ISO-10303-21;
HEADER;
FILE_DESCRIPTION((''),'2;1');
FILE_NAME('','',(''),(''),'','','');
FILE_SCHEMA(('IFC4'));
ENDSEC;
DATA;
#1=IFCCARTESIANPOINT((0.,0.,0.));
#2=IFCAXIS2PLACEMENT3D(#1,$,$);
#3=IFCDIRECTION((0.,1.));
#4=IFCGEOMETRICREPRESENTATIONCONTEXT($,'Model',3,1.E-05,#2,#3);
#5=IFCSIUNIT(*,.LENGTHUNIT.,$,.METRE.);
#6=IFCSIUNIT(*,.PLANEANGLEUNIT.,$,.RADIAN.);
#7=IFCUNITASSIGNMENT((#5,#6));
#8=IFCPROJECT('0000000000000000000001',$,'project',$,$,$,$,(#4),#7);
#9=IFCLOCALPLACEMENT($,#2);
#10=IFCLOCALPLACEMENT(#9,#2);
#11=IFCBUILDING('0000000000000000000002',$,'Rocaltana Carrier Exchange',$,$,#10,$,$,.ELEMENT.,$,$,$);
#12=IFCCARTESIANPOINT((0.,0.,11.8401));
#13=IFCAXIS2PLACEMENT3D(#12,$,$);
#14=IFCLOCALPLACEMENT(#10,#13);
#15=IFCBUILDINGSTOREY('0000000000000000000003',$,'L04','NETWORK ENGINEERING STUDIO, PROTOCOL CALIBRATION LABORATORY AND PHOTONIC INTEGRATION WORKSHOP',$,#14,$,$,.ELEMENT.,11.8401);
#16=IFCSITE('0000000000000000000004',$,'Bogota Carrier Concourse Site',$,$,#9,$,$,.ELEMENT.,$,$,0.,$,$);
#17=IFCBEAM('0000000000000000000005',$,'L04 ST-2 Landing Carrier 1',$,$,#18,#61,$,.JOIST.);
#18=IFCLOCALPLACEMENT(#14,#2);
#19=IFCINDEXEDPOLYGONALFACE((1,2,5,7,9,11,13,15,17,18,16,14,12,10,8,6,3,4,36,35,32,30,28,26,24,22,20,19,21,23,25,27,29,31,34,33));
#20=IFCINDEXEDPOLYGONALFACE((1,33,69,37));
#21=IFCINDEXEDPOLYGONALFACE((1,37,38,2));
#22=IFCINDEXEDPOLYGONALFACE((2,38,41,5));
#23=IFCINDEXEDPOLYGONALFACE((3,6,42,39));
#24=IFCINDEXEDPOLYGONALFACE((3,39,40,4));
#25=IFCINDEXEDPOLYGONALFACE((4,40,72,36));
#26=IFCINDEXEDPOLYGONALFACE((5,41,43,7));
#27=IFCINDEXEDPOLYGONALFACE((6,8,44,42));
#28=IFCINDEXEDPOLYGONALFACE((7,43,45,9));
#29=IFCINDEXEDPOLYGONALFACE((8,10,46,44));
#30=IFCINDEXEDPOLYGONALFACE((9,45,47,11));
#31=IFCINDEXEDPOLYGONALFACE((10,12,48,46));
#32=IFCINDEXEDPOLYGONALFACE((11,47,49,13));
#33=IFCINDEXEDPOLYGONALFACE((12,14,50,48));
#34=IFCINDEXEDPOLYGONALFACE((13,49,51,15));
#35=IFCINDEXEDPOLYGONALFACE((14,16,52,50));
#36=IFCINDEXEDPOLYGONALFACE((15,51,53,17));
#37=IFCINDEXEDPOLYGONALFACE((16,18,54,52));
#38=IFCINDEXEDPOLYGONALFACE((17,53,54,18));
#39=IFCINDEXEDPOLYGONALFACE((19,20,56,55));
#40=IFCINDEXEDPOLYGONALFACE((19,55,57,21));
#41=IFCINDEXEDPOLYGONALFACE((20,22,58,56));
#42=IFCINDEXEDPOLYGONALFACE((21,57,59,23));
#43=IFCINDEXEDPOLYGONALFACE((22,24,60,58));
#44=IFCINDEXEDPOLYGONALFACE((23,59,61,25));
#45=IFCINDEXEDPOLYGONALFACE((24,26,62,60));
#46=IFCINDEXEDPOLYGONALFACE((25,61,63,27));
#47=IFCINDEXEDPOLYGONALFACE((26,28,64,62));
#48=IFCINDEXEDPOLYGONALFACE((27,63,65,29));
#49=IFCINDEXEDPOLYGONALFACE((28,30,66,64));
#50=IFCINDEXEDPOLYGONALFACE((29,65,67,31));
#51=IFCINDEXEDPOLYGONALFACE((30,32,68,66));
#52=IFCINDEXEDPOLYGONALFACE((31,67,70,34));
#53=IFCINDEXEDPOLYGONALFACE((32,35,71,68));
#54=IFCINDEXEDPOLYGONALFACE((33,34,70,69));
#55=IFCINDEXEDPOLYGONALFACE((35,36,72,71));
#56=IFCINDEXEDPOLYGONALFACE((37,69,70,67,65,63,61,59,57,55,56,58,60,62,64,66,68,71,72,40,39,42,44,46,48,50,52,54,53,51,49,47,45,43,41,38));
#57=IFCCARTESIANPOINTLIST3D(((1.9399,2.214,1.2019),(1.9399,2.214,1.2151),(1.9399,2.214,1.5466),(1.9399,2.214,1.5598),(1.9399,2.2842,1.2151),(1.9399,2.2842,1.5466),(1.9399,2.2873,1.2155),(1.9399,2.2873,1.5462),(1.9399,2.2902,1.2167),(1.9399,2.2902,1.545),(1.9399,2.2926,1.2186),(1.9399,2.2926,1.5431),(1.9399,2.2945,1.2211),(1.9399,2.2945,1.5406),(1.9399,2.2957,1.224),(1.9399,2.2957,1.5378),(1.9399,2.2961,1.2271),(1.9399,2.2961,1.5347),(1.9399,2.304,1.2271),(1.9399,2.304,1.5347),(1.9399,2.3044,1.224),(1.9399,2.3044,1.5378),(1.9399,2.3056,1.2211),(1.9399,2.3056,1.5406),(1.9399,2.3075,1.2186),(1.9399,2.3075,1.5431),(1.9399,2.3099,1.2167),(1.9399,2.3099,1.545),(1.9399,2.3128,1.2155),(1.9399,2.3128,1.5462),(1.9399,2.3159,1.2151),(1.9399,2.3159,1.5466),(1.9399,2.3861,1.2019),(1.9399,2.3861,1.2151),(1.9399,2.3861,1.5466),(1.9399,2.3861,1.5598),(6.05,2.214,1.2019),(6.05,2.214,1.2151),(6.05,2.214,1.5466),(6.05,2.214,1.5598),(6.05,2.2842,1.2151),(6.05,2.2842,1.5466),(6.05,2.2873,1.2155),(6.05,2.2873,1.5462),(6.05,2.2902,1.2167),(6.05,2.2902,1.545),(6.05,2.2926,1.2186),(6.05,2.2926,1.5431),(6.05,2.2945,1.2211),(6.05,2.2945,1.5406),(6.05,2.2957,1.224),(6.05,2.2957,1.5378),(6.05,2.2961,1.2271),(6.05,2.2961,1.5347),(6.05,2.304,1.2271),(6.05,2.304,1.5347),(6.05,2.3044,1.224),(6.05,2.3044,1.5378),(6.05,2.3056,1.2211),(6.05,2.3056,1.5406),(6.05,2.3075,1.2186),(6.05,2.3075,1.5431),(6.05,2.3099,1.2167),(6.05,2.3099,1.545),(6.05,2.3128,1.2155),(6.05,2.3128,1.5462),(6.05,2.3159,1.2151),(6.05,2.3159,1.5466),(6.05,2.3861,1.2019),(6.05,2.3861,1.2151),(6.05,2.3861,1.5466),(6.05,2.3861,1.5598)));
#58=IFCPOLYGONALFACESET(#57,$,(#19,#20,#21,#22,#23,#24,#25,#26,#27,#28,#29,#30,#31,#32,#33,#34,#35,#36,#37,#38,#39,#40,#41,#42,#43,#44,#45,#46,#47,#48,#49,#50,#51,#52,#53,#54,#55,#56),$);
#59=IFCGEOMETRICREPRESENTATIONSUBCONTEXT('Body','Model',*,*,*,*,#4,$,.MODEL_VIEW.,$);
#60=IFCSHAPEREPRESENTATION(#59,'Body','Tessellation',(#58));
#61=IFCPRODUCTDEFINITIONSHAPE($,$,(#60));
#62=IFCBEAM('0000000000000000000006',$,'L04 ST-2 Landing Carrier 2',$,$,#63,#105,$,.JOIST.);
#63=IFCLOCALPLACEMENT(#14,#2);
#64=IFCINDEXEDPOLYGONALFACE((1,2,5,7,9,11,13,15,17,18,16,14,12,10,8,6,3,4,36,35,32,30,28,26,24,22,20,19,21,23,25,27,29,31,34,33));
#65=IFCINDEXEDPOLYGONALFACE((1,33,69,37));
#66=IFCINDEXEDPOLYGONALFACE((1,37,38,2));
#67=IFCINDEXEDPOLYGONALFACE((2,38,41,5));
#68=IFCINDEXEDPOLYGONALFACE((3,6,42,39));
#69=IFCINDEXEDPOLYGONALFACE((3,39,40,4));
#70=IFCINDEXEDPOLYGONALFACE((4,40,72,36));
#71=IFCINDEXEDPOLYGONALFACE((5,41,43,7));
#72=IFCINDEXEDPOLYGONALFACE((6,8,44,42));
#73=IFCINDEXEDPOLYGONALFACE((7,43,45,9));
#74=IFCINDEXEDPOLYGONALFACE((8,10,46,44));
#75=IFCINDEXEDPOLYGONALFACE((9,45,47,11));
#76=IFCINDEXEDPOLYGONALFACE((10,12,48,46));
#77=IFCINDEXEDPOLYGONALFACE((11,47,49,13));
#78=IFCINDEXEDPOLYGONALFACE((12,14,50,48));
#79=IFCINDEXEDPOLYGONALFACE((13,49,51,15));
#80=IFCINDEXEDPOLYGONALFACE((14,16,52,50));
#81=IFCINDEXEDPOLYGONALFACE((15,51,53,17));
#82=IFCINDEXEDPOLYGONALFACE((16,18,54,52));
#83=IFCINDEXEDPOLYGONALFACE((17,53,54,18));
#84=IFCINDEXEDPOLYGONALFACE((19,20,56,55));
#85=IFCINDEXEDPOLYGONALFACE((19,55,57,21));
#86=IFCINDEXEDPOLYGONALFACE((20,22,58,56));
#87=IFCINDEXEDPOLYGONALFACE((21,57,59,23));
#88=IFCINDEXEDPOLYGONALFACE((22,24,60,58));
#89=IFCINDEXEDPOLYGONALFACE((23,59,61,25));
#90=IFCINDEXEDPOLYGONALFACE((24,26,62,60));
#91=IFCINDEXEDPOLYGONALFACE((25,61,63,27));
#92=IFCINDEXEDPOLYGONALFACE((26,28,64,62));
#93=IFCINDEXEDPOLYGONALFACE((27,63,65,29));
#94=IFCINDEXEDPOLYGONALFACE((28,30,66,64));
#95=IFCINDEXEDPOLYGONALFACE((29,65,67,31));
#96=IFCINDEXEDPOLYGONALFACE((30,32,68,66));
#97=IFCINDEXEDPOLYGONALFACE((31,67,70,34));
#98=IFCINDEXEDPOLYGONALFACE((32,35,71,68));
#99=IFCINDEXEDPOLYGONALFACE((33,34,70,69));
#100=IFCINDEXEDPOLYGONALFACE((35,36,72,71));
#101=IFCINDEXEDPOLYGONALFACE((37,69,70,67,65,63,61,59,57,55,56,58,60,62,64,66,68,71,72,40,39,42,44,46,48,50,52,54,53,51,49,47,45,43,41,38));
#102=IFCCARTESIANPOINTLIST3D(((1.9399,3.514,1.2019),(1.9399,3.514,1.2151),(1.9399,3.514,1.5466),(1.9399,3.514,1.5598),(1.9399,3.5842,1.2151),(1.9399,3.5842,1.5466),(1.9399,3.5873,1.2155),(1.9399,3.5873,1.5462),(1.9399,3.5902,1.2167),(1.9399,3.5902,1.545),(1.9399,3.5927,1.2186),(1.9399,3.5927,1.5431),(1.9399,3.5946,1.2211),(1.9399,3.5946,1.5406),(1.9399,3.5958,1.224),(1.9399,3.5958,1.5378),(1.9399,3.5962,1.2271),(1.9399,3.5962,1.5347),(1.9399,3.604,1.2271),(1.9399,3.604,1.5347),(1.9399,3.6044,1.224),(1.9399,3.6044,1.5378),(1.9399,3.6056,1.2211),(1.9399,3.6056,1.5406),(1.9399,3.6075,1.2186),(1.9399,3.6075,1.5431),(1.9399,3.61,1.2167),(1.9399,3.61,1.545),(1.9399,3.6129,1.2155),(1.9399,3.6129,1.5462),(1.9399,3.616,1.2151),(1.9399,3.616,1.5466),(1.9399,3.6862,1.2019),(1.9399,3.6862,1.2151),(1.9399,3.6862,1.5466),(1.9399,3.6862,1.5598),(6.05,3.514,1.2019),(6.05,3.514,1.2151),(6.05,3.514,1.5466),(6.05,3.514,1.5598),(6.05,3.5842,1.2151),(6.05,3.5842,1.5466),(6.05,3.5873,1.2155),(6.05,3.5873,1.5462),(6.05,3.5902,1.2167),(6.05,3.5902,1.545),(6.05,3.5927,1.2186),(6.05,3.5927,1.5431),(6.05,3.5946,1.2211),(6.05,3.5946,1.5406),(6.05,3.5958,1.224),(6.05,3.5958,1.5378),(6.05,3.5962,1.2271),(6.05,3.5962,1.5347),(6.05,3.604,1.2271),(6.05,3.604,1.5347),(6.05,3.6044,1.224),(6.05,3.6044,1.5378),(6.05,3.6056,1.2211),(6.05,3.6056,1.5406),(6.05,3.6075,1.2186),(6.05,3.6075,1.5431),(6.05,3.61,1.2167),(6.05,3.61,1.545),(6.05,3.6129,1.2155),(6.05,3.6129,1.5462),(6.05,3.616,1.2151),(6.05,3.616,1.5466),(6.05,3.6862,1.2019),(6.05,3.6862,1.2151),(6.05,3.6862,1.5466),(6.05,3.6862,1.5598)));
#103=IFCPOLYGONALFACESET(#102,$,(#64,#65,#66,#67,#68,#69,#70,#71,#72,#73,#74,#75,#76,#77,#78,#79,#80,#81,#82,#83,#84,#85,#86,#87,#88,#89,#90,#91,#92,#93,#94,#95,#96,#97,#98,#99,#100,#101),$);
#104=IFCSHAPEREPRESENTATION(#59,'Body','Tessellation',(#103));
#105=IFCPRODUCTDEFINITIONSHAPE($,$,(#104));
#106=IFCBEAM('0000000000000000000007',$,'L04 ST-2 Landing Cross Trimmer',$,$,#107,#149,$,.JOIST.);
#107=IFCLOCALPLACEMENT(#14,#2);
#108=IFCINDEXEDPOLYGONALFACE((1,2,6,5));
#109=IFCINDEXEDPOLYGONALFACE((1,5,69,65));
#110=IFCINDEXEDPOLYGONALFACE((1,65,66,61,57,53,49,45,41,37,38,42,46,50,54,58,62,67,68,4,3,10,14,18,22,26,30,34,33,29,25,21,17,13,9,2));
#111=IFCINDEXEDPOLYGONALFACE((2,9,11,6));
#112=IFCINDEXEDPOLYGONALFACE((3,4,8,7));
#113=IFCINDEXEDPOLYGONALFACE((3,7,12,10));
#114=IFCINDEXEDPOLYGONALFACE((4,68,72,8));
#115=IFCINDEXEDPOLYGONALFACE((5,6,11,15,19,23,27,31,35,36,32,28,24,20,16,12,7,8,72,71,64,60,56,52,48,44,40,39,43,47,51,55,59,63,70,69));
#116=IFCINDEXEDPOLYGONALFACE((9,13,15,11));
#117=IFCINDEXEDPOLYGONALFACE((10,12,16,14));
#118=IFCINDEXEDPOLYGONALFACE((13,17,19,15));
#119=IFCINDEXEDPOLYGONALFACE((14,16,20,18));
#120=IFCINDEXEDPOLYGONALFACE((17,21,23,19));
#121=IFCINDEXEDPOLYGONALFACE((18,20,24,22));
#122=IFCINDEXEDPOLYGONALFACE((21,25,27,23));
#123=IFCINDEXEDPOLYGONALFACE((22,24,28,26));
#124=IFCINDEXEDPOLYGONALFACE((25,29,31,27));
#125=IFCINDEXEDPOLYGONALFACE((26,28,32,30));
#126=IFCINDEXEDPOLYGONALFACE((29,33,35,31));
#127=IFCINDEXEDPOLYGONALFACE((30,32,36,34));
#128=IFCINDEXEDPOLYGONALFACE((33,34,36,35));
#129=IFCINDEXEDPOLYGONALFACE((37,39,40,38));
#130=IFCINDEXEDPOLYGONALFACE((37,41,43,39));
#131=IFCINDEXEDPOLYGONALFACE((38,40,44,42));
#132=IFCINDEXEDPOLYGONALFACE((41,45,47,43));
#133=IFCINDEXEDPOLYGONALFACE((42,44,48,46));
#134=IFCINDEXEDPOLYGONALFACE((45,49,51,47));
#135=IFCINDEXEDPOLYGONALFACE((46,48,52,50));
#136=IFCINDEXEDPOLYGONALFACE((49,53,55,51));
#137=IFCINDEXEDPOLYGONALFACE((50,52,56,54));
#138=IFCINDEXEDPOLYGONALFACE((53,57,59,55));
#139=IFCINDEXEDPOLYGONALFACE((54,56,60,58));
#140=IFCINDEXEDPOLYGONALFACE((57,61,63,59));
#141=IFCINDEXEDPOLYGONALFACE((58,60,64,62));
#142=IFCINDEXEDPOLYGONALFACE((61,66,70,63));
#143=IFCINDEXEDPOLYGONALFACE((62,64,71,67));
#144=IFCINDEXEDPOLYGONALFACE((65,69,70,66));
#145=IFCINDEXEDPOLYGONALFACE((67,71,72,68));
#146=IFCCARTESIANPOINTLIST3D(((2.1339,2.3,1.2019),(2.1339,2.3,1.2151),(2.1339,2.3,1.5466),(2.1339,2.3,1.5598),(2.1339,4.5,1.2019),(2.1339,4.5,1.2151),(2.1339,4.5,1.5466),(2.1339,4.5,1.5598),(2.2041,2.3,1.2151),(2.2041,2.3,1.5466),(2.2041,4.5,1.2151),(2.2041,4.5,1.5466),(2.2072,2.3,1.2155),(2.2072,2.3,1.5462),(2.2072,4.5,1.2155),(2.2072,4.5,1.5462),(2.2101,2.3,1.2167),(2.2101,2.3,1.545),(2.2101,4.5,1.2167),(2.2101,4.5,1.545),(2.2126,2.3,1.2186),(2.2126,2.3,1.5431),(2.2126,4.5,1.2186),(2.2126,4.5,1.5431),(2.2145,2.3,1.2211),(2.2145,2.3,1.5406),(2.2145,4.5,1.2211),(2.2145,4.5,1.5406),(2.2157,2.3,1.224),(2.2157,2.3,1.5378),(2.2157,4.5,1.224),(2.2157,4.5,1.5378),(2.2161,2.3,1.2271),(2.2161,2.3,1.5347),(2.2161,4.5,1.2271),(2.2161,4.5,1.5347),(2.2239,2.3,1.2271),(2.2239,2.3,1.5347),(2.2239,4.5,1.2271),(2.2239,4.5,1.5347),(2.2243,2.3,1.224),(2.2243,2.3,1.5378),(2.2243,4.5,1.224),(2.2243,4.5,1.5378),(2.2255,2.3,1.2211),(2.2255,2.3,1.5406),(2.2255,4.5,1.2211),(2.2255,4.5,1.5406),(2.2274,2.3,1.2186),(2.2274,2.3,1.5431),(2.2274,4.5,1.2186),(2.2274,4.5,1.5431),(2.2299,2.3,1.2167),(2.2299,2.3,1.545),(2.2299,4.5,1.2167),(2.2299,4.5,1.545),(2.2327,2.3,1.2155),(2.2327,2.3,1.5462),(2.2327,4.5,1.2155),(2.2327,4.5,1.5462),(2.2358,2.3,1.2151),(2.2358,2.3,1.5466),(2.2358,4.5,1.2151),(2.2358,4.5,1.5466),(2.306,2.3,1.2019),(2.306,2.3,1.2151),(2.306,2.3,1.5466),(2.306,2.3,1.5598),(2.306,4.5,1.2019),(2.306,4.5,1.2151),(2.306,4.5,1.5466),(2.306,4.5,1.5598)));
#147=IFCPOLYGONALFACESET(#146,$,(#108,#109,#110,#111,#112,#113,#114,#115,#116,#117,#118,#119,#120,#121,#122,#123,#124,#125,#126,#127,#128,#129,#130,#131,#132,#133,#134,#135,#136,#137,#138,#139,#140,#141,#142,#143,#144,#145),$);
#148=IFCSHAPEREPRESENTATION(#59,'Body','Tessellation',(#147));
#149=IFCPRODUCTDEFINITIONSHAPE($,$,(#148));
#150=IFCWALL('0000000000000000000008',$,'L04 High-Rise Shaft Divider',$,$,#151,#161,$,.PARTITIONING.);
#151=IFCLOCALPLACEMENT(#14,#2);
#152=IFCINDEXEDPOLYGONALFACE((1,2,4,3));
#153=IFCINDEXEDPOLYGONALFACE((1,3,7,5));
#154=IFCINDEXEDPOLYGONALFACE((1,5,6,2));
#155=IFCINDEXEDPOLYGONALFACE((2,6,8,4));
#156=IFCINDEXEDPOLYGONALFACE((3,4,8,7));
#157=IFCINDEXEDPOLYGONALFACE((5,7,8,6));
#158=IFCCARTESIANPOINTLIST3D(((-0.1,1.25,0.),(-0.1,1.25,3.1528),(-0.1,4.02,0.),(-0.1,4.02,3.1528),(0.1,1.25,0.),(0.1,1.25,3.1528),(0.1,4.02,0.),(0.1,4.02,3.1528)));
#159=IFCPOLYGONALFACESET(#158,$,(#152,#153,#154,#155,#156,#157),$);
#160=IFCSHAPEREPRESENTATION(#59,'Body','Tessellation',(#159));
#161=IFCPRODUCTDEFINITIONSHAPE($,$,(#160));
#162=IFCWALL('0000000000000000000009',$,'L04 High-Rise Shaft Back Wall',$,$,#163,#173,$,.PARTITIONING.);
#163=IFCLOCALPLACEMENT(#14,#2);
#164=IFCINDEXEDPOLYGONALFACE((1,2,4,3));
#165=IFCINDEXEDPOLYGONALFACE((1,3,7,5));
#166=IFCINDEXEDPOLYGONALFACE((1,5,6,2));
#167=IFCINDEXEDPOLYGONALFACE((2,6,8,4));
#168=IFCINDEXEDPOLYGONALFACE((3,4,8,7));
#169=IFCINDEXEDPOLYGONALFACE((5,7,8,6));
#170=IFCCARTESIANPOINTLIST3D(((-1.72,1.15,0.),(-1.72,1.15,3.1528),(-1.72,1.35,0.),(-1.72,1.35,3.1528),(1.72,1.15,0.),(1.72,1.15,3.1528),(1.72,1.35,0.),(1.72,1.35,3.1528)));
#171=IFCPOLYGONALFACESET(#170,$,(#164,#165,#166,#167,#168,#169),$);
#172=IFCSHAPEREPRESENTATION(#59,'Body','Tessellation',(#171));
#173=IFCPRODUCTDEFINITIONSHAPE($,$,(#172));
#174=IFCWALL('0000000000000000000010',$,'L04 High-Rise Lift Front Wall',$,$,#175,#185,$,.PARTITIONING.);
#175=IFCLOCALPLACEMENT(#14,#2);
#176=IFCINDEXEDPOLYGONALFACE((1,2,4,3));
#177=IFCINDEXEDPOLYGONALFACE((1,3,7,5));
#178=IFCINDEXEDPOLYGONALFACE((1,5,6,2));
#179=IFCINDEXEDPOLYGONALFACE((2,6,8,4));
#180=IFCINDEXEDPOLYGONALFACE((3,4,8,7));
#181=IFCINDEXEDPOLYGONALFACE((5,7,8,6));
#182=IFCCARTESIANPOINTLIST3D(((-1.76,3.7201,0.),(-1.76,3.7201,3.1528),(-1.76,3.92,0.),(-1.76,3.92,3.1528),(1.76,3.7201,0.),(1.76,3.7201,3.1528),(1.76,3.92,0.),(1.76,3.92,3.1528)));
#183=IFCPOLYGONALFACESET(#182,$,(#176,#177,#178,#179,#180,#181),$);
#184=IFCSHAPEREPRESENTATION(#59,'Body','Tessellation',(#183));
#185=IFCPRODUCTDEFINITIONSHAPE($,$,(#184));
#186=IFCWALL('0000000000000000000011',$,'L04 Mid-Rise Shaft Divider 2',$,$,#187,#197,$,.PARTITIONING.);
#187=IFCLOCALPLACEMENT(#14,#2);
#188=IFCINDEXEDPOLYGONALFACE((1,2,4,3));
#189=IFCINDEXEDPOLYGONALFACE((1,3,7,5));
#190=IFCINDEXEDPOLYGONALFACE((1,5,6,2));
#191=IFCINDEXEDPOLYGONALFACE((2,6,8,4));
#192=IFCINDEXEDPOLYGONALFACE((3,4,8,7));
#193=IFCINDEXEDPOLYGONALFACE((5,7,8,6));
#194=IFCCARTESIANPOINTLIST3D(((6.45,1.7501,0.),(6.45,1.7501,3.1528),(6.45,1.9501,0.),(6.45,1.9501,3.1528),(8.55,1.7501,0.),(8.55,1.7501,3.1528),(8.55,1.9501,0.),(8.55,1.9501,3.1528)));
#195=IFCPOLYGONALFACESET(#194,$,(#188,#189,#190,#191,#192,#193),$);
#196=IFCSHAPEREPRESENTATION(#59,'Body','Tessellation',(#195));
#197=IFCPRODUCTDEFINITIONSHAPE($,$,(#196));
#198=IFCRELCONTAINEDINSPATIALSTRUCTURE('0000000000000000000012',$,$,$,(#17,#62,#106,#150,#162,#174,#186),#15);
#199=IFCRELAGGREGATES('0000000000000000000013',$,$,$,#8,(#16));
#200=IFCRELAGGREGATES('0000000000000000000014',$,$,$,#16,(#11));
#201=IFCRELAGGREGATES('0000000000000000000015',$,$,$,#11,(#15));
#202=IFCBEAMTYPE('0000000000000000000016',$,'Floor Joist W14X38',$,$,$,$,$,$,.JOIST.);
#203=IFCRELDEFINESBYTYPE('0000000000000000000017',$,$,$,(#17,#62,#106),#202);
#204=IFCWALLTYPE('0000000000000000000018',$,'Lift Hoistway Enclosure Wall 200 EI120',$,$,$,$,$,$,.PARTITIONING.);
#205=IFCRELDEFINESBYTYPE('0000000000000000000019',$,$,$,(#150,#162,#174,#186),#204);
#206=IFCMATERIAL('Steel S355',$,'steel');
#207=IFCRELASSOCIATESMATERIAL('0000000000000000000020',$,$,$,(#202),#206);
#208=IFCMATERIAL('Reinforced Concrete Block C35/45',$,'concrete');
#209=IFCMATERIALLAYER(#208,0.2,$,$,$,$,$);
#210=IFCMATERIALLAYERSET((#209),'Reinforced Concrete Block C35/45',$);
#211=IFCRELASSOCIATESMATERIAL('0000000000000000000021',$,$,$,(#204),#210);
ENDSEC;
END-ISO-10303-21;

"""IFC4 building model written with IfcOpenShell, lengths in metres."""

from ifc_helpers import new_model, si_unit, direction, frame, frame_2d, origin, origin_2d, place, context, subcontext, project, spatial, rectangle, i_section, extrude, material, layer, layer_set, material_profile, profile_set, type_object, element, save


model = new_model("IFC4")

# Units and contexts
model_context = context("Model", 3, precision=1e-05, world=origin(), true_north=direction((0.0, 1.0)))
body_context = subcontext(model_context, "Body", "Model", "MODEL_VIEW")
ifc_project = project(units=[si_unit("LENGTHUNIT", "METRE"), si_unit("PLANEANGLEUNIT", "RADIAN")], contexts=[model_context])

# Site, building, storey
site_placement = place(None, origin())
site = spatial("IfcSite", under=ifc_project, at=site_placement, Name="Bogota Carrier Concourse Site", CompositionType="ELEMENT", RefElevation=0.0)
building_placement = place(site_placement, origin())
building = spatial("IfcBuilding", under=site, at=building_placement, Name="Rocaltana Carrier Exchange", CompositionType="ELEMENT")
storey_placement = place(building_placement, frame((0.0, 0.0, 11.8401)))
storey = spatial("IfcBuildingStorey", under=building, at=storey_placement, Name="L04", Description="NETWORK ENGINEERING STUDIO, PROTOCOL CALIBRATION LABORATORY AND PHOTONIC INTEGRATION WORKSHOP", CompositionType="ELEMENT", Elevation=11.8401)

# Beams
ifc_material_1 = material(Name="Steel S355", Category="steel")
ifc_material_profile = material_profile(ifc_material_1, i_section(OverallWidth=0.1721, OverallDepth=0.3579, WebThickness=0.0078, FlangeThickness=0.0132, FilletRadius=0.012, at=origin_2d()), Name="W14X38")
ifc_profile_set = profile_set([ifc_material_profile], Name="Steel S355")
beam_type = type_object("IfcBeamType", Name="Floor Joist W14X38", PredefinedType="JOIST", material=ifc_profile_set)
for number, where, z_axis, x_axis, name in (
    (1, (1.9399, 2.3, 1.3809), (1.0, 0.0, 0.0), (0.0, 1.0, 0.0), "L04 ST-2 Landing Carrier 1"),
    (2, (1.9399, 3.6001, 1.3809), (1.0, 0.0, 0.0), (0.0, 1.0, 0.0), "L04 ST-2 Landing Carrier 2"),
):
    element("IfcBeam", number, at=place(storey_placement, frame(where, z_axis=z_axis, x_axis=x_axis)), inside=storey, type_object=beam_type, Name=name, PredefinedType="JOIST", context=body_context, shape_type="SweptSolid", body=[
        extrude(i_section(OverallWidth=0.1721, OverallDepth=0.3579, WebThickness=0.0078, FlangeThickness=0.0132, FilletRadius=0.012, at=origin_2d()), origin(), (0.0, 0.0, 1.0), 4.1101),
    ])
beam_placement = place(storey_placement, frame((2.22, 2.3, 1.3809), z_axis=(0.0, 1.0, 0.0), x_axis=(-1.0, 0.0, 0.0)))
element("IfcBeam", 3, at=beam_placement, inside=storey, type_object=beam_type, Name="L04 ST-2 Landing Cross Trimmer", PredefinedType="JOIST", context=body_context, shape_type="SweptSolid", body=[
    extrude(i_section(OverallWidth=0.1721, OverallDepth=0.3579, WebThickness=0.0078, FlangeThickness=0.0132, FilletRadius=0.012, at=origin_2d()), origin(), (0.0, 0.0, 1.0), 2.2),
])

# Walls
ifc_material_2 = material(Name="Reinforced Concrete Block C35/45", Category="concrete")
ifc_layer_1 = layer(ifc_material_2, 0.2)
ifc_layer_set_1 = layer_set([ifc_layer_1], Name="Reinforced Concrete Block C35/45")
wall_type = type_object("IfcWallType", Name="Lift Hoistway Enclosure Wall 200 EI120", PredefinedType="PARTITIONING", material=ifc_layer_set_1)
wall_1_placement = place(storey_placement, frame((0.0, 1.25, 0.0), z_axis=(0.0, 0.0, 1.0), x_axis=(0.0, 1.0, 0.0)))
element("IfcWall", 4, at=wall_1_placement, inside=storey, type_object=wall_type, Name="L04 High-Rise Shaft Divider", PredefinedType="PARTITIONING", context=body_context, shape_type="SweptSolid", body=[
    extrude(rectangle(XDim=2.77, YDim=0.2, at=frame_2d((1.385, 0.0))), origin(), (0.0, 0.0, 1.0), 3.1528),
])
wall_2_placement = place(storey_placement, frame((-1.72, 1.25, 0.0), z_axis=(0.0, 0.0, 1.0), x_axis=(1.0, 0.0, 0.0)))
element("IfcWall", 5, at=wall_2_placement, inside=storey, type_object=wall_type, Name="L04 High-Rise Shaft Back Wall", PredefinedType="PARTITIONING", context=body_context, shape_type="SweptSolid", body=[
    extrude(rectangle(XDim=3.4399, YDim=0.2, at=frame_2d((1.72, 0.0))), origin(), (0.0, 0.0, 1.0), 3.1528),
])
wall_3_placement = place(storey_placement, frame((-1.76, 3.8201, 0.0), z_axis=(0.0, 0.0, 1.0), x_axis=(1.0, 0.0, 0.0)))
element("IfcWall", 6, at=wall_3_placement, inside=storey, type_object=wall_type, Name="L04 High-Rise Lift Front Wall", PredefinedType="PARTITIONING", context=body_context, shape_type="SweptSolid", body=[
    extrude(rectangle(XDim=3.52, YDim=0.2, at=frame_2d((1.76, 0.0))), origin(), (0.0, 0.0, 1.0), 3.1528),
])
wall_4_placement = place(storey_placement, frame((6.45, 1.8501, 0.0), z_axis=(0.0, 0.0, 1.0), x_axis=(1.0, 0.0, 0.0)))
element("IfcWall", 7, at=wall_4_placement, inside=storey, type_object=wall_type, Name="L04 Mid-Rise Shaft Divider 2", PredefinedType="PARTITIONING", context=body_context, shape_type="SweptSolid", body=[
    extrude(rectangle(XDim=2.1001, YDim=0.2, at=frame_2d((1.05, 0.0))), origin(), (0.0, 0.0, 1.0), 3.1528),
])

save(model, "model.ifc")
